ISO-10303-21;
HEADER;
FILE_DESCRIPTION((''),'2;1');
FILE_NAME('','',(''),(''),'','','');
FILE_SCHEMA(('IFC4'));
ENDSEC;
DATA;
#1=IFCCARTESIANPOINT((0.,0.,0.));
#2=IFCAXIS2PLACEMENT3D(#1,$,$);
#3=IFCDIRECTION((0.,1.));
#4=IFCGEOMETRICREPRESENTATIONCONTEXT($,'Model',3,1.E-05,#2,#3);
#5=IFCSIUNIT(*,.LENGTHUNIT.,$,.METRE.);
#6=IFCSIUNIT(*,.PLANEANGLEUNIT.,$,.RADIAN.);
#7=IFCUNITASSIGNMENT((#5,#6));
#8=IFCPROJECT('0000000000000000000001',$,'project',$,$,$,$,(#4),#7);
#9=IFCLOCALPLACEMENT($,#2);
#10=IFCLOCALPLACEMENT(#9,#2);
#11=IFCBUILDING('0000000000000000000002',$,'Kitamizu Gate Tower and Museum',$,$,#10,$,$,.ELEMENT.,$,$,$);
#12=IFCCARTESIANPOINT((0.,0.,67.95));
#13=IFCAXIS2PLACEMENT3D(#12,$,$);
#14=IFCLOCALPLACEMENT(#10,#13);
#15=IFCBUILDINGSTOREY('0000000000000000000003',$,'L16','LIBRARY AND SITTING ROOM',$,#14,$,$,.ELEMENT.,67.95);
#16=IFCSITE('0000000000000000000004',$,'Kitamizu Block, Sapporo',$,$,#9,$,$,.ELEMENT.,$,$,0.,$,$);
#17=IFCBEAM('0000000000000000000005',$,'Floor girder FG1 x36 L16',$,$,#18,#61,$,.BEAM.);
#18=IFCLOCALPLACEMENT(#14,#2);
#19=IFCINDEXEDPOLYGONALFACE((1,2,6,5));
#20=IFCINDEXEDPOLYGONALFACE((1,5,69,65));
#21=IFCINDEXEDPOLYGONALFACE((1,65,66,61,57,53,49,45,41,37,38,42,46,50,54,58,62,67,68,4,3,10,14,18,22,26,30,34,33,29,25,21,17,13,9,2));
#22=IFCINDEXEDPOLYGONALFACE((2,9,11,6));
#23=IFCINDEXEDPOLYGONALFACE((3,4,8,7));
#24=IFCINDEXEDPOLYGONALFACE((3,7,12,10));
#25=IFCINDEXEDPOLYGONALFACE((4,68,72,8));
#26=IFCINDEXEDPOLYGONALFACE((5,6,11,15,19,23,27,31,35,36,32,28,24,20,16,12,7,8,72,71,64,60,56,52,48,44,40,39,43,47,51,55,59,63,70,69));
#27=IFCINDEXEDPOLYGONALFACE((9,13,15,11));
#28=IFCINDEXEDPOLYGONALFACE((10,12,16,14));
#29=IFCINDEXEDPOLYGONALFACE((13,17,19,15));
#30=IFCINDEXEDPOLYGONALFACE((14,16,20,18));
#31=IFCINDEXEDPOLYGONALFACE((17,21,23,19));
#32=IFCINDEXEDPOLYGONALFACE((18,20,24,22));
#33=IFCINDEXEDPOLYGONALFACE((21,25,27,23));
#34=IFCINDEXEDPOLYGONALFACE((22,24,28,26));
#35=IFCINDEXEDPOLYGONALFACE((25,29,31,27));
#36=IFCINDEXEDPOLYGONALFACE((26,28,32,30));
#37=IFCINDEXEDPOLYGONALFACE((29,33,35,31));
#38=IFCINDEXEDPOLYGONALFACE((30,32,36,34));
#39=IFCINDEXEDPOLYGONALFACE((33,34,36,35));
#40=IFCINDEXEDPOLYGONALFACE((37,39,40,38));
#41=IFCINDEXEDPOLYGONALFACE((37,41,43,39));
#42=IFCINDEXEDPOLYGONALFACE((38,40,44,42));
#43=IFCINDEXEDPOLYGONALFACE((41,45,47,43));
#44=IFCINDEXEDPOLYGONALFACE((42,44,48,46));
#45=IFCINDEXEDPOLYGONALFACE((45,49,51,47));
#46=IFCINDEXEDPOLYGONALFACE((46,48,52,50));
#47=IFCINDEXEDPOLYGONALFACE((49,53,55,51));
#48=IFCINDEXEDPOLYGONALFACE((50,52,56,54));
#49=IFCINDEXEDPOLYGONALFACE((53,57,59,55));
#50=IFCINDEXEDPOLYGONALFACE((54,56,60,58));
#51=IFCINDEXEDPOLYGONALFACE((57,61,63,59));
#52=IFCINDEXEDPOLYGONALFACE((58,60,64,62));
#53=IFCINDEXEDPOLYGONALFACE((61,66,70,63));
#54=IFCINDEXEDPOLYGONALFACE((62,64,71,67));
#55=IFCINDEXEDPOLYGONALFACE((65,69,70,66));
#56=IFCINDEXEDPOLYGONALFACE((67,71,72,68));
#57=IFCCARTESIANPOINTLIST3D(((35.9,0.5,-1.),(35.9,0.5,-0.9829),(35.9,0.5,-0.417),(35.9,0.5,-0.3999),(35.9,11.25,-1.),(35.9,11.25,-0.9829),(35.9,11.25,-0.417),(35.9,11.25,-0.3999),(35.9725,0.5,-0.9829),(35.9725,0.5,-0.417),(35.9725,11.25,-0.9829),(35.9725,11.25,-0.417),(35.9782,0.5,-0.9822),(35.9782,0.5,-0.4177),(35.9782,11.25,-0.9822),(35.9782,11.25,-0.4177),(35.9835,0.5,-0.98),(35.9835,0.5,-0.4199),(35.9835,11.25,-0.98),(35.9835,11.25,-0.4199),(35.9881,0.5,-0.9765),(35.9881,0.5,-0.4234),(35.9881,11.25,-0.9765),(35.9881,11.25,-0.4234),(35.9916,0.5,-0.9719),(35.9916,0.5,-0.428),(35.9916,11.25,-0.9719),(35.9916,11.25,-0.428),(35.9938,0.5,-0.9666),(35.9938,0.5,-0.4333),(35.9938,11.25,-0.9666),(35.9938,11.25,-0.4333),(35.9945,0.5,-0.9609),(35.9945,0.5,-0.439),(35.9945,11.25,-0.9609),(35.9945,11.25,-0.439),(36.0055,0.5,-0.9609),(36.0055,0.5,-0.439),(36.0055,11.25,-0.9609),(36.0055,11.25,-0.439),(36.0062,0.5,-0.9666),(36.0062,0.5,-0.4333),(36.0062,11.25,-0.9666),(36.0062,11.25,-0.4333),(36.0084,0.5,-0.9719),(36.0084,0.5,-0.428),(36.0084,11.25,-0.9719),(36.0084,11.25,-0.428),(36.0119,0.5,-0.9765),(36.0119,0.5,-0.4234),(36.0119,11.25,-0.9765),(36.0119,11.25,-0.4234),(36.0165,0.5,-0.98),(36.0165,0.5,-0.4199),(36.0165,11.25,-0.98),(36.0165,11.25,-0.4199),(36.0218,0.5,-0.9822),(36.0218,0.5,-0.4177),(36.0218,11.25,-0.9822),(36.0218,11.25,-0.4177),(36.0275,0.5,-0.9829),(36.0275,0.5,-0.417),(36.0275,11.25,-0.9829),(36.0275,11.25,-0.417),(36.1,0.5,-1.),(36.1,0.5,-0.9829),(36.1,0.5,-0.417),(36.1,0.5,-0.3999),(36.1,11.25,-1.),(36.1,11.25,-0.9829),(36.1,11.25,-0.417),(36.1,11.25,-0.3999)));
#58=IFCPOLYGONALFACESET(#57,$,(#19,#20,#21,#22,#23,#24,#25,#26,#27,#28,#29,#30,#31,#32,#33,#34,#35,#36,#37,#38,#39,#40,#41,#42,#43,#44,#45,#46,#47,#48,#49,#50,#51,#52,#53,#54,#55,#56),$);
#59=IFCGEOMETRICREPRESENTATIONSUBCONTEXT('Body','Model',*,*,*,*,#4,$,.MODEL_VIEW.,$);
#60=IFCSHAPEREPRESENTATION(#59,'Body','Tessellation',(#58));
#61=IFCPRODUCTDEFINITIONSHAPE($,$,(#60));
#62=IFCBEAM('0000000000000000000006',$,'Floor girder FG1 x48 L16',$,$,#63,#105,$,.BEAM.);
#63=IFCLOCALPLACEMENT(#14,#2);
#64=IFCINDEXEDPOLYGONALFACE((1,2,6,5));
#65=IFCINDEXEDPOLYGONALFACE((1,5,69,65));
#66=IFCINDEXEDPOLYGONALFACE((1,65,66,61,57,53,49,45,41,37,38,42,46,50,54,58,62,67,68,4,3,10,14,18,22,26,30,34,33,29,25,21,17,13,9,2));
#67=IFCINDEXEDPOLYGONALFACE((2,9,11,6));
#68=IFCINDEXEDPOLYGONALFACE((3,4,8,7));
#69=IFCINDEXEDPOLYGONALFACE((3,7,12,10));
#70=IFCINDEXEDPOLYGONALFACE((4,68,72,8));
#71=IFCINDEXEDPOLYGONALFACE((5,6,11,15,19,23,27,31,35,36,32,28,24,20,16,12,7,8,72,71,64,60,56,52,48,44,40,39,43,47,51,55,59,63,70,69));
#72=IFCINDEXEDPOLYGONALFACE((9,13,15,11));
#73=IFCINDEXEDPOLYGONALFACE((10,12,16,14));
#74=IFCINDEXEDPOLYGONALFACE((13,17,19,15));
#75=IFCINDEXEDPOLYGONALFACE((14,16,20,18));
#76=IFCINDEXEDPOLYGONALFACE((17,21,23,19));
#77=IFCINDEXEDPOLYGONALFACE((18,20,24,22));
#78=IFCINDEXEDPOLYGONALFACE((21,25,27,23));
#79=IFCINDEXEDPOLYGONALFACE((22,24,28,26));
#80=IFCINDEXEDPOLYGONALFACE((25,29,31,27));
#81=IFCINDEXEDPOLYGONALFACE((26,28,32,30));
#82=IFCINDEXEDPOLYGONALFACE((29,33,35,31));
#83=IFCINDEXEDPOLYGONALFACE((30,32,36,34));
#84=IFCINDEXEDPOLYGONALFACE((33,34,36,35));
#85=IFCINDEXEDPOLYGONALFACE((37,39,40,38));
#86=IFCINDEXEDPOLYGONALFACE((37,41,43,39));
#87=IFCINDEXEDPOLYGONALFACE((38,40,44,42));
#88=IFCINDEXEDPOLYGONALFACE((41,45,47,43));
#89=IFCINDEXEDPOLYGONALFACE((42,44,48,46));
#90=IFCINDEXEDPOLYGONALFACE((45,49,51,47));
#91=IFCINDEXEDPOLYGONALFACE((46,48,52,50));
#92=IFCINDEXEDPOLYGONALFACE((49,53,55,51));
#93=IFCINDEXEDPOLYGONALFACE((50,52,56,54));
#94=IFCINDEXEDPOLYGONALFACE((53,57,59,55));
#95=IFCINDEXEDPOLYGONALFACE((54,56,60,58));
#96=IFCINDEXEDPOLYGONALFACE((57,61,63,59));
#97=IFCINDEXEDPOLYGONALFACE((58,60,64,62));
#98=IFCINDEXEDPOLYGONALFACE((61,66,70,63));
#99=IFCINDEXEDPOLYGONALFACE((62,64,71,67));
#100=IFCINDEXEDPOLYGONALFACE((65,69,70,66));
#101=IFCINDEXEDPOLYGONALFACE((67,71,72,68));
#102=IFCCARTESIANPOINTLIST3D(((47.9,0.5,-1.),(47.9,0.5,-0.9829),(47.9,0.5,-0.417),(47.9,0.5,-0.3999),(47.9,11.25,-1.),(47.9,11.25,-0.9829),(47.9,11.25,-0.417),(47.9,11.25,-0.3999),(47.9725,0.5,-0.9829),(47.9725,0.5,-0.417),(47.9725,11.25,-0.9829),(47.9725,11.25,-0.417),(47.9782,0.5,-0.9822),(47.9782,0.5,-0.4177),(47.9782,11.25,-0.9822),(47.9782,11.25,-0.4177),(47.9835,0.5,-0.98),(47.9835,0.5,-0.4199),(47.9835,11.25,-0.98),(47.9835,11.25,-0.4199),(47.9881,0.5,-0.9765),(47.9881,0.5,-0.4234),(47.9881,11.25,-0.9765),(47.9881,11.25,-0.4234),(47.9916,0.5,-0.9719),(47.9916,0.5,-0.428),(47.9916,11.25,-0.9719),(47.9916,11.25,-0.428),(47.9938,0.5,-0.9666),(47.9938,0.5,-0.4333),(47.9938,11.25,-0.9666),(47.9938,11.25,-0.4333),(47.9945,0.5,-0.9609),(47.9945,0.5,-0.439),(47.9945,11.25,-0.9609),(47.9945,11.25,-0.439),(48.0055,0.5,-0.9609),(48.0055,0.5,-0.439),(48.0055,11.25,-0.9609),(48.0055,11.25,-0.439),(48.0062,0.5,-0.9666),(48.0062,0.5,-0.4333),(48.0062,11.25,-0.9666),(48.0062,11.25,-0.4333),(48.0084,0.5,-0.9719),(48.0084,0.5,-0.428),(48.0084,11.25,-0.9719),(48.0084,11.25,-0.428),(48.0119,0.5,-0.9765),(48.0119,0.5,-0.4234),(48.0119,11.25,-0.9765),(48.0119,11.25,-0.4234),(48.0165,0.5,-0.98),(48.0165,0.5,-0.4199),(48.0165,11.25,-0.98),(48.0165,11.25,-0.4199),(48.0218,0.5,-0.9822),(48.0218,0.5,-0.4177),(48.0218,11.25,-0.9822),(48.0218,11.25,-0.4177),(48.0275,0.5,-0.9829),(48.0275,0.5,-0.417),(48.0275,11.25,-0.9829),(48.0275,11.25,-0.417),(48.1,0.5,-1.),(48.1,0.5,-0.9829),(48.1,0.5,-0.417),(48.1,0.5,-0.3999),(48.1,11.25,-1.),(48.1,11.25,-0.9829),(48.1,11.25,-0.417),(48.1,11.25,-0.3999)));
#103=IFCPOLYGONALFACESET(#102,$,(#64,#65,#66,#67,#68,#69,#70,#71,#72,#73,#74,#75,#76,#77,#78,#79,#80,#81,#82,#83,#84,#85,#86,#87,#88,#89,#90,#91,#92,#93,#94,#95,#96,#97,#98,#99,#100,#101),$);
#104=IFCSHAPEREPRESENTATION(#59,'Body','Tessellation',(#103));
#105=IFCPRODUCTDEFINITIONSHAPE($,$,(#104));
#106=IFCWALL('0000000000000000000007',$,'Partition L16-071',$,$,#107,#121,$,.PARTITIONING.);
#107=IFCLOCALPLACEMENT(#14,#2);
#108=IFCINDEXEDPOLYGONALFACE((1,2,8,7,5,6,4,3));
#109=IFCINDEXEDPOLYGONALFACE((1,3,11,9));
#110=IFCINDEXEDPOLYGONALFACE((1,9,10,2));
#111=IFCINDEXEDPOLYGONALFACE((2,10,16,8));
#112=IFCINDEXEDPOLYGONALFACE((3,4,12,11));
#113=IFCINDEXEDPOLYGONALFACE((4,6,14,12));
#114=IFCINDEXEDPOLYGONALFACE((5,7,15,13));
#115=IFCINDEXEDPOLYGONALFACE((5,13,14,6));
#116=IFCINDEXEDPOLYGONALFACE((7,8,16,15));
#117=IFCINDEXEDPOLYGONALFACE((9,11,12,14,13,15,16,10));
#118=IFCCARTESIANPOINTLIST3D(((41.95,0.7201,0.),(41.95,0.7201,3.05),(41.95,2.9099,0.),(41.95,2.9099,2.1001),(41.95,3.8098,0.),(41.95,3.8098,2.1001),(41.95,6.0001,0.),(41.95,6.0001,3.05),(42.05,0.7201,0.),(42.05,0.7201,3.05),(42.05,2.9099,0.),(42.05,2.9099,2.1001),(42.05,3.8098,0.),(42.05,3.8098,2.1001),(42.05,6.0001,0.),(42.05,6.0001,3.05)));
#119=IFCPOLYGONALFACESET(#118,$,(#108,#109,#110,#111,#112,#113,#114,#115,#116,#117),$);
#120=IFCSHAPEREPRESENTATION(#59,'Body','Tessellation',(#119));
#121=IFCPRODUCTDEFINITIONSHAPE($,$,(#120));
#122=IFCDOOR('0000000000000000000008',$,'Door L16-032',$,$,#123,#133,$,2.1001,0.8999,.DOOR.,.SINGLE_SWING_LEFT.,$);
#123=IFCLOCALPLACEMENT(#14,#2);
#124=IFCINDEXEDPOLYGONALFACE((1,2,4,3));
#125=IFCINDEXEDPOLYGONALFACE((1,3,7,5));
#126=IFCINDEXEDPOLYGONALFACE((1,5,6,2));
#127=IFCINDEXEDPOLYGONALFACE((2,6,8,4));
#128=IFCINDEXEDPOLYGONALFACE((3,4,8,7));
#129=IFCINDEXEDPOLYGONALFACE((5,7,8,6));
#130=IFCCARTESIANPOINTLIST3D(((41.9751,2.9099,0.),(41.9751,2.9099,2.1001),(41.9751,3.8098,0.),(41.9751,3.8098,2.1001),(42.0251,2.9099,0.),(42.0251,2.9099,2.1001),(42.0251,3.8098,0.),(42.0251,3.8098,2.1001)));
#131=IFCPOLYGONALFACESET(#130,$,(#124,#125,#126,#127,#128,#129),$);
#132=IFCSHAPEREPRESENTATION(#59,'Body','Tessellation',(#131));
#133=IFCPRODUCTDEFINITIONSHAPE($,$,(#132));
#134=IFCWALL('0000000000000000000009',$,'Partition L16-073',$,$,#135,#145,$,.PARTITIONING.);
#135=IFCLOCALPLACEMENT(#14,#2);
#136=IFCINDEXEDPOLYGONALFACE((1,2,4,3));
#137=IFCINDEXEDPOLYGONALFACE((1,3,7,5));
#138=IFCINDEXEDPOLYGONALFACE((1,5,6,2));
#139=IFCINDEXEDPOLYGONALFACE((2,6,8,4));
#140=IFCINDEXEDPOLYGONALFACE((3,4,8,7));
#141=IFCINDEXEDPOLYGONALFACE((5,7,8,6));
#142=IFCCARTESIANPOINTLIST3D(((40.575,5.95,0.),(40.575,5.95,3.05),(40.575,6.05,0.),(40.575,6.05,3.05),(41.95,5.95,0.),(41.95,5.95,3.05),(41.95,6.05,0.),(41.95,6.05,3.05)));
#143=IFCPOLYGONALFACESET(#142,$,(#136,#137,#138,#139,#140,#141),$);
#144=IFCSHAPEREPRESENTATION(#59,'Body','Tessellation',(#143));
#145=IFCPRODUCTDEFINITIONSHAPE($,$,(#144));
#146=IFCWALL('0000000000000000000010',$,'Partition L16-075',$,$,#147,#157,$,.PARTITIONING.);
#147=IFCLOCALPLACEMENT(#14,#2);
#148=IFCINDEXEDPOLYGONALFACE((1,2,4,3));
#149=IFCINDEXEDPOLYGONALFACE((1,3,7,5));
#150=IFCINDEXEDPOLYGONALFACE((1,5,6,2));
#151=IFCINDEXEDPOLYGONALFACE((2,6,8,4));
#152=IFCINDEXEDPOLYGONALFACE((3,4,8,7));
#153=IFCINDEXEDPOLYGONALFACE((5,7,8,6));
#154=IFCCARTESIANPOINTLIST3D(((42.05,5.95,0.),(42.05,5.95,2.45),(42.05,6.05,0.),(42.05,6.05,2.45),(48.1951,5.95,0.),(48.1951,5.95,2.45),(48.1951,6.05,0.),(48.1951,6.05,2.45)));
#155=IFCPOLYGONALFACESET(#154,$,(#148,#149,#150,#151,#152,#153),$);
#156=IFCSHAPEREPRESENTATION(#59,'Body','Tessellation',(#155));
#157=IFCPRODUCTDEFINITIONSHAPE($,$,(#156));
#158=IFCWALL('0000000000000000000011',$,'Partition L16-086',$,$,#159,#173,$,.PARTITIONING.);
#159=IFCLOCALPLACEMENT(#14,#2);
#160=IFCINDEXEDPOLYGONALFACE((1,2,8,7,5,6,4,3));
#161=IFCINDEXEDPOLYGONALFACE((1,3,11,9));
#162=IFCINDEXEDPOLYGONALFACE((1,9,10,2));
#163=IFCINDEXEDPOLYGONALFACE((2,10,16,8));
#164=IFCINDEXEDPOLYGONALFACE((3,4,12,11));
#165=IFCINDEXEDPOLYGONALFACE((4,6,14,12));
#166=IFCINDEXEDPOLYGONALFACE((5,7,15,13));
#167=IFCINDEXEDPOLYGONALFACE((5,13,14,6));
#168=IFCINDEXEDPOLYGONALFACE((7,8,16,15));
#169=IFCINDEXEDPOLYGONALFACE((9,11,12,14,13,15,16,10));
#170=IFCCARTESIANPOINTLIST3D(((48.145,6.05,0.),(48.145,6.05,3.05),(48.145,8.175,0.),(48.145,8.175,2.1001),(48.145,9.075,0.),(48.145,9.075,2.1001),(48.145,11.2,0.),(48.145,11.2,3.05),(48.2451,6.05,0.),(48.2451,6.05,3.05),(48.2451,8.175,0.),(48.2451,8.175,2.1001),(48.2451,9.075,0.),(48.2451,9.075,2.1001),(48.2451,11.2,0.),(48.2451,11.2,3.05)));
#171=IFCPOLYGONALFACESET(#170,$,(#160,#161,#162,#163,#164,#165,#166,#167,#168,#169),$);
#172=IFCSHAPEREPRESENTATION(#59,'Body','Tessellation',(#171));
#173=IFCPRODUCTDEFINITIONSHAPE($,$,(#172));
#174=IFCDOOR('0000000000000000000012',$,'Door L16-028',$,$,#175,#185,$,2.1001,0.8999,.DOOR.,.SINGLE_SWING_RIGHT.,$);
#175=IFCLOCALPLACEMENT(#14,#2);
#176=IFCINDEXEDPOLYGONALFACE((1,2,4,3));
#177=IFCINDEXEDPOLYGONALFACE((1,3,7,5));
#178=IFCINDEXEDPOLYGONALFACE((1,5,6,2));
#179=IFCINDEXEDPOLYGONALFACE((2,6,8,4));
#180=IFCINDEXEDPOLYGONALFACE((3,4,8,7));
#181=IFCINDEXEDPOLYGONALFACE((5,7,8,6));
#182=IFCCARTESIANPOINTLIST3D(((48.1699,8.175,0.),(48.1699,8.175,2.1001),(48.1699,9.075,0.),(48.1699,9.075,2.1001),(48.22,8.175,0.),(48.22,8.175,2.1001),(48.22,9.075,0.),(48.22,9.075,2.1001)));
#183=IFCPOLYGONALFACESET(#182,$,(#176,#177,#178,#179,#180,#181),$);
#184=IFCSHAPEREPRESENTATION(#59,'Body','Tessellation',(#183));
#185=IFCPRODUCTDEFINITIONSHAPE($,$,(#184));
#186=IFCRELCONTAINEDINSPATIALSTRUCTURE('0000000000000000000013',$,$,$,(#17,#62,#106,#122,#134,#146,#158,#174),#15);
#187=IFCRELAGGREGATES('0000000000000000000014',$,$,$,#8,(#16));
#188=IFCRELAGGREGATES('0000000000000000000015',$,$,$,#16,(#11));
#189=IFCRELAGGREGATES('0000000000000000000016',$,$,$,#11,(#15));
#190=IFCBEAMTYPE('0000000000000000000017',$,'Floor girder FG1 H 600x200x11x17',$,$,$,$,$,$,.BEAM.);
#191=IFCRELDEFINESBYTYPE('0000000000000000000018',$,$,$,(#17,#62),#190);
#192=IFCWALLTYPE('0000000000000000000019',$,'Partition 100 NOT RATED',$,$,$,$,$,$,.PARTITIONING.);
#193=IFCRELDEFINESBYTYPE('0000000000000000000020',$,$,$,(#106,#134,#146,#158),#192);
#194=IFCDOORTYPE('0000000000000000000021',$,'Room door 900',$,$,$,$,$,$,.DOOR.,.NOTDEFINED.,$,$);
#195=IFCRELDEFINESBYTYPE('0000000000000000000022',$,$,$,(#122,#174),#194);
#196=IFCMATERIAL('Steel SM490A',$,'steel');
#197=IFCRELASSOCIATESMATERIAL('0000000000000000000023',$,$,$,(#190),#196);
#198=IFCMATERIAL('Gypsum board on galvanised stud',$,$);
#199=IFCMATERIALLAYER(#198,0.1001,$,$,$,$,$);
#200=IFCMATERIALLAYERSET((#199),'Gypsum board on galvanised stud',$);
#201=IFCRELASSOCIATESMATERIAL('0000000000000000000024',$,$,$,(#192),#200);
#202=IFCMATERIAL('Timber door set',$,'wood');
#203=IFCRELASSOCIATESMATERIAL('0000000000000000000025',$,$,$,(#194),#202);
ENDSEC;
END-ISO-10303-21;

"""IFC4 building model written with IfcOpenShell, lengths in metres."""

from ifc_helpers import new_model, si_unit, direction, frame, frame_2d, origin, origin_2d, place, context, subcontext, project, spatial, rectangle, i_section, extrude, material, layer, layer_set, material_profile, profile_set, type_object, element, fill, save


model = new_model("IFC4")

# Units and contexts
model_context = context("Model", 3, precision=1e-05, world=origin(), true_north=direction((0.0, 1.0)))
body_context = subcontext(model_context, "Body", "Model", "MODEL_VIEW")
ifc_project = project(units=[si_unit("LENGTHUNIT", "METRE"), si_unit("PLANEANGLEUNIT", "RADIAN")], contexts=[model_context])

# Site, building, storey
site_placement = place(None, origin())
site = spatial("IfcSite", under=ifc_project, at=site_placement, Name="Kitamizu Block, Sapporo", CompositionType="ELEMENT", RefElevation=0.0)
building_placement = place(site_placement, origin())
building = spatial("IfcBuilding", under=site, at=building_placement, Name="Kitamizu Gate Tower and Museum", CompositionType="ELEMENT")
storey_placement = place(building_placement, frame((0.0, 0.0, 67.95)))
storey = spatial("IfcBuildingStorey", under=building, at=storey_placement, Name="L16", Description="LIBRARY AND SITTING ROOM", CompositionType="ELEMENT", Elevation=67.95)

# Beams
ifc_material_1 = material(Name="Steel SM490A", Category="steel")
ifc_material_profile_1 = material_profile(ifc_material_1, i_section(OverallWidth=0.2, OverallDepth=0.6001, WebThickness=0.011, FlangeThickness=0.0171, FilletRadius=0.022, at=origin_2d()), Name="H-600x200x11x17")
ifc_profile_set_1 = profile_set([ifc_material_profile_1], Name="Steel SM490A")
beam_type_1 = type_object("IfcBeamType", Name="Floor girder FG1 H 600x200x11x17", PredefinedType="BEAM", material=ifc_profile_set_1)
for number, where, z_axis, x_axis, name in (
    (1, (36.0, 0.5, -0.7), (0.0, 1.0, 0.0), (-1.0, 0.0, 0.0), "Floor girder FG1 x36 L16"),
    (2, (48.0, 0.5, -0.7), (0.0, 1.0, 0.0), (-1.0, 0.0, 0.0), "Floor girder FG1 x48 L16"),
):
    element("IfcBeam", number, at=place(storey_placement, frame(where, z_axis=z_axis, x_axis=x_axis)), inside=storey, type_object=beam_type_1, Name=name, PredefinedType="BEAM", context=body_context, shape_type="SweptSolid", body=[
        extrude(i_section(OverallWidth=0.2, OverallDepth=0.6001, WebThickness=0.011, FlangeThickness=0.0171, FilletRadius=0.022, at=origin_2d()), origin(), (0.0, 0.0, 1.0), 10.75),
    ])

# Wall, opening, door
ifc_material_2 = material(Name="Gypsum board on galvanised stud")
ifc_layer_1 = layer(ifc_material_2, 0.1001)
ifc_layer_set_1 = layer_set([ifc_layer_1], Name="Gypsum board on galvanised stud")
wall_type_1 = type_object("IfcWallType", Name="Partition 100 NOT RATED", PredefinedType="PARTITIONING", material=ifc_layer_set_1)
wall_1_placement = place(storey_placement, frame((42.0, 0.72, 0.0), z_axis=(0.0, 0.0, 1.0), x_axis=(0.0, 1.0, 0.0)))
wall_1 = element("IfcWall", 3, at=wall_1_placement, inside=storey, type_object=wall_type_1, Name="Partition L16-071", PredefinedType="PARTITIONING", context=body_context, shape_type="SweptSolid", body=[
    extrude(rectangle(XDim=5.28, YDim=0.1001, at=frame_2d((2.6401, 0.0))), origin(), (0.0, 0.0, 1.0), 3.05),
])
opening_1_placement = place(wall_1_placement, frame((2.1899, 0.0, 0.0)))
opening_1 = element("IfcOpeningElement", 4, at=opening_1_placement, cuts=wall_1, PredefinedType="OPENING", context=body_context, shape_type="SweptSolid", body=[
    extrude(rectangle(XDim=0.8999, YDim=2.1001, at=frame_2d((0.45, 1.05))), frame((0.0, 0.0601, 0.0), z_axis=(0.0, -1.0, 0.0), x_axis=(1.0, 0.0, 0.0)), (0.0, 0.0, 1.0), 0.1201),
])
ifc_material_3 = material(Name="Timber door set", Category="wood")
door_type_1 = type_object("IfcDoorType", Name="Room door 900", OperationType="NOTDEFINED", PredefinedType="DOOR", material=ifc_material_3)
door_1_placement = place(opening_1_placement, origin())
door_1 = element("IfcDoor", 5, at=door_1_placement, inside=storey, type_object=door_type_1, Name="Door L16-032", OperationType="SINGLE_SWING_LEFT", OverallHeight=2.1001, OverallWidth=0.8999, PredefinedType="DOOR", context=body_context, shape_type="SweptSolid", body=[
    extrude(rectangle(XDim=0.8999, YDim=2.1001, at=frame_2d((0.45, 1.05))), frame((0.0, 0.0249, 0.0), z_axis=(0.0, -1.0, 0.0), x_axis=(1.0, 0.0, 0.0)), (0.0, 0.0, 1.0), 0.05),
])
fill(opening_1, door_1)

# Walls
wall_2_placement = place(storey_placement, frame((41.95, 6.0, 0.0), z_axis=(0.0, 0.0, 1.0), x_axis=(-1.0, 0.0, 0.0)))
element("IfcWall", 6, at=wall_2_placement, inside=storey, type_object=wall_type_1, Name="Partition L16-073", PredefinedType="PARTITIONING", context=body_context, shape_type="SweptSolid", body=[
    extrude(rectangle(XDim=1.375, YDim=0.1001, at=frame_2d((0.6875, 0.0))), origin(), (0.0, 0.0, 1.0), 3.05),
])
wall_3_placement = place(storey_placement, frame((48.1951, 6.0, 0.0), z_axis=(0.0, 0.0, 1.0), x_axis=(-1.0, 0.0, 0.0)))
element("IfcWall", 7, at=wall_3_placement, inside=storey, type_object=wall_type_1, Name="Partition L16-075", PredefinedType="PARTITIONING", context=body_context, shape_type="SweptSolid", body=[
    extrude(rectangle(XDim=6.145, YDim=0.1001, at=frame_2d((3.0725, 0.0))), origin(), (0.0, 0.0, 1.0), 2.45),
])

# Wall, opening, door
wall_4_placement = place(storey_placement, frame((48.1951, 6.05, 0.0), z_axis=(0.0, 0.0, 1.0), x_axis=(0.0, 1.0, 0.0)))
wall_4 = element("IfcWall", 8, at=wall_4_placement, inside=storey, type_object=wall_type_1, Name="Partition L16-086", PredefinedType="PARTITIONING", context=body_context, shape_type="SweptSolid", body=[
    extrude(rectangle(XDim=5.1499, YDim=0.1001, at=frame_2d((2.575, 0.0))), origin(), (0.0, 0.0, 1.0), 3.05),
])
opening_2_placement = place(wall_4_placement, frame((2.125, 0.0, 0.0)))
opening_2 = element("IfcOpeningElement", 9, at=opening_2_placement, cuts=wall_4, PredefinedType="OPENING", context=body_context, shape_type="SweptSolid", body=[
    extrude(rectangle(XDim=0.8999, YDim=2.1001, at=frame_2d((0.45, 1.05))), frame((0.0, 0.0601, 0.0), z_axis=(0.0, -1.0, 0.0), x_axis=(1.0, 0.0, 0.0)), (0.0, 0.0, 1.0), 0.1201),
])
door_2_placement = place(opening_2_placement, frame((0.8999, 0.0, 0.0), x_axis=(-1.0, 0.0, 0.0)))
door_2 = element("IfcDoor", 10, at=door_2_placement, inside=storey, type_object=door_type_1, Name="Door L16-028", OperationType="SINGLE_SWING_RIGHT", OverallHeight=2.1001, OverallWidth=0.8999, PredefinedType="DOOR", context=body_context, shape_type="SweptSolid", body=[
    extrude(rectangle(XDim=0.8999, YDim=2.1001, at=frame_2d((0.45, 1.05))), frame((0.0, 0.0249, 0.0), z_axis=(0.0, -1.0, 0.0), x_axis=(1.0, 0.0, 0.0)), (0.0, 0.0, 1.0), 0.05),
])
fill(opening_2, door_2)

save(model, "model.ifc")
